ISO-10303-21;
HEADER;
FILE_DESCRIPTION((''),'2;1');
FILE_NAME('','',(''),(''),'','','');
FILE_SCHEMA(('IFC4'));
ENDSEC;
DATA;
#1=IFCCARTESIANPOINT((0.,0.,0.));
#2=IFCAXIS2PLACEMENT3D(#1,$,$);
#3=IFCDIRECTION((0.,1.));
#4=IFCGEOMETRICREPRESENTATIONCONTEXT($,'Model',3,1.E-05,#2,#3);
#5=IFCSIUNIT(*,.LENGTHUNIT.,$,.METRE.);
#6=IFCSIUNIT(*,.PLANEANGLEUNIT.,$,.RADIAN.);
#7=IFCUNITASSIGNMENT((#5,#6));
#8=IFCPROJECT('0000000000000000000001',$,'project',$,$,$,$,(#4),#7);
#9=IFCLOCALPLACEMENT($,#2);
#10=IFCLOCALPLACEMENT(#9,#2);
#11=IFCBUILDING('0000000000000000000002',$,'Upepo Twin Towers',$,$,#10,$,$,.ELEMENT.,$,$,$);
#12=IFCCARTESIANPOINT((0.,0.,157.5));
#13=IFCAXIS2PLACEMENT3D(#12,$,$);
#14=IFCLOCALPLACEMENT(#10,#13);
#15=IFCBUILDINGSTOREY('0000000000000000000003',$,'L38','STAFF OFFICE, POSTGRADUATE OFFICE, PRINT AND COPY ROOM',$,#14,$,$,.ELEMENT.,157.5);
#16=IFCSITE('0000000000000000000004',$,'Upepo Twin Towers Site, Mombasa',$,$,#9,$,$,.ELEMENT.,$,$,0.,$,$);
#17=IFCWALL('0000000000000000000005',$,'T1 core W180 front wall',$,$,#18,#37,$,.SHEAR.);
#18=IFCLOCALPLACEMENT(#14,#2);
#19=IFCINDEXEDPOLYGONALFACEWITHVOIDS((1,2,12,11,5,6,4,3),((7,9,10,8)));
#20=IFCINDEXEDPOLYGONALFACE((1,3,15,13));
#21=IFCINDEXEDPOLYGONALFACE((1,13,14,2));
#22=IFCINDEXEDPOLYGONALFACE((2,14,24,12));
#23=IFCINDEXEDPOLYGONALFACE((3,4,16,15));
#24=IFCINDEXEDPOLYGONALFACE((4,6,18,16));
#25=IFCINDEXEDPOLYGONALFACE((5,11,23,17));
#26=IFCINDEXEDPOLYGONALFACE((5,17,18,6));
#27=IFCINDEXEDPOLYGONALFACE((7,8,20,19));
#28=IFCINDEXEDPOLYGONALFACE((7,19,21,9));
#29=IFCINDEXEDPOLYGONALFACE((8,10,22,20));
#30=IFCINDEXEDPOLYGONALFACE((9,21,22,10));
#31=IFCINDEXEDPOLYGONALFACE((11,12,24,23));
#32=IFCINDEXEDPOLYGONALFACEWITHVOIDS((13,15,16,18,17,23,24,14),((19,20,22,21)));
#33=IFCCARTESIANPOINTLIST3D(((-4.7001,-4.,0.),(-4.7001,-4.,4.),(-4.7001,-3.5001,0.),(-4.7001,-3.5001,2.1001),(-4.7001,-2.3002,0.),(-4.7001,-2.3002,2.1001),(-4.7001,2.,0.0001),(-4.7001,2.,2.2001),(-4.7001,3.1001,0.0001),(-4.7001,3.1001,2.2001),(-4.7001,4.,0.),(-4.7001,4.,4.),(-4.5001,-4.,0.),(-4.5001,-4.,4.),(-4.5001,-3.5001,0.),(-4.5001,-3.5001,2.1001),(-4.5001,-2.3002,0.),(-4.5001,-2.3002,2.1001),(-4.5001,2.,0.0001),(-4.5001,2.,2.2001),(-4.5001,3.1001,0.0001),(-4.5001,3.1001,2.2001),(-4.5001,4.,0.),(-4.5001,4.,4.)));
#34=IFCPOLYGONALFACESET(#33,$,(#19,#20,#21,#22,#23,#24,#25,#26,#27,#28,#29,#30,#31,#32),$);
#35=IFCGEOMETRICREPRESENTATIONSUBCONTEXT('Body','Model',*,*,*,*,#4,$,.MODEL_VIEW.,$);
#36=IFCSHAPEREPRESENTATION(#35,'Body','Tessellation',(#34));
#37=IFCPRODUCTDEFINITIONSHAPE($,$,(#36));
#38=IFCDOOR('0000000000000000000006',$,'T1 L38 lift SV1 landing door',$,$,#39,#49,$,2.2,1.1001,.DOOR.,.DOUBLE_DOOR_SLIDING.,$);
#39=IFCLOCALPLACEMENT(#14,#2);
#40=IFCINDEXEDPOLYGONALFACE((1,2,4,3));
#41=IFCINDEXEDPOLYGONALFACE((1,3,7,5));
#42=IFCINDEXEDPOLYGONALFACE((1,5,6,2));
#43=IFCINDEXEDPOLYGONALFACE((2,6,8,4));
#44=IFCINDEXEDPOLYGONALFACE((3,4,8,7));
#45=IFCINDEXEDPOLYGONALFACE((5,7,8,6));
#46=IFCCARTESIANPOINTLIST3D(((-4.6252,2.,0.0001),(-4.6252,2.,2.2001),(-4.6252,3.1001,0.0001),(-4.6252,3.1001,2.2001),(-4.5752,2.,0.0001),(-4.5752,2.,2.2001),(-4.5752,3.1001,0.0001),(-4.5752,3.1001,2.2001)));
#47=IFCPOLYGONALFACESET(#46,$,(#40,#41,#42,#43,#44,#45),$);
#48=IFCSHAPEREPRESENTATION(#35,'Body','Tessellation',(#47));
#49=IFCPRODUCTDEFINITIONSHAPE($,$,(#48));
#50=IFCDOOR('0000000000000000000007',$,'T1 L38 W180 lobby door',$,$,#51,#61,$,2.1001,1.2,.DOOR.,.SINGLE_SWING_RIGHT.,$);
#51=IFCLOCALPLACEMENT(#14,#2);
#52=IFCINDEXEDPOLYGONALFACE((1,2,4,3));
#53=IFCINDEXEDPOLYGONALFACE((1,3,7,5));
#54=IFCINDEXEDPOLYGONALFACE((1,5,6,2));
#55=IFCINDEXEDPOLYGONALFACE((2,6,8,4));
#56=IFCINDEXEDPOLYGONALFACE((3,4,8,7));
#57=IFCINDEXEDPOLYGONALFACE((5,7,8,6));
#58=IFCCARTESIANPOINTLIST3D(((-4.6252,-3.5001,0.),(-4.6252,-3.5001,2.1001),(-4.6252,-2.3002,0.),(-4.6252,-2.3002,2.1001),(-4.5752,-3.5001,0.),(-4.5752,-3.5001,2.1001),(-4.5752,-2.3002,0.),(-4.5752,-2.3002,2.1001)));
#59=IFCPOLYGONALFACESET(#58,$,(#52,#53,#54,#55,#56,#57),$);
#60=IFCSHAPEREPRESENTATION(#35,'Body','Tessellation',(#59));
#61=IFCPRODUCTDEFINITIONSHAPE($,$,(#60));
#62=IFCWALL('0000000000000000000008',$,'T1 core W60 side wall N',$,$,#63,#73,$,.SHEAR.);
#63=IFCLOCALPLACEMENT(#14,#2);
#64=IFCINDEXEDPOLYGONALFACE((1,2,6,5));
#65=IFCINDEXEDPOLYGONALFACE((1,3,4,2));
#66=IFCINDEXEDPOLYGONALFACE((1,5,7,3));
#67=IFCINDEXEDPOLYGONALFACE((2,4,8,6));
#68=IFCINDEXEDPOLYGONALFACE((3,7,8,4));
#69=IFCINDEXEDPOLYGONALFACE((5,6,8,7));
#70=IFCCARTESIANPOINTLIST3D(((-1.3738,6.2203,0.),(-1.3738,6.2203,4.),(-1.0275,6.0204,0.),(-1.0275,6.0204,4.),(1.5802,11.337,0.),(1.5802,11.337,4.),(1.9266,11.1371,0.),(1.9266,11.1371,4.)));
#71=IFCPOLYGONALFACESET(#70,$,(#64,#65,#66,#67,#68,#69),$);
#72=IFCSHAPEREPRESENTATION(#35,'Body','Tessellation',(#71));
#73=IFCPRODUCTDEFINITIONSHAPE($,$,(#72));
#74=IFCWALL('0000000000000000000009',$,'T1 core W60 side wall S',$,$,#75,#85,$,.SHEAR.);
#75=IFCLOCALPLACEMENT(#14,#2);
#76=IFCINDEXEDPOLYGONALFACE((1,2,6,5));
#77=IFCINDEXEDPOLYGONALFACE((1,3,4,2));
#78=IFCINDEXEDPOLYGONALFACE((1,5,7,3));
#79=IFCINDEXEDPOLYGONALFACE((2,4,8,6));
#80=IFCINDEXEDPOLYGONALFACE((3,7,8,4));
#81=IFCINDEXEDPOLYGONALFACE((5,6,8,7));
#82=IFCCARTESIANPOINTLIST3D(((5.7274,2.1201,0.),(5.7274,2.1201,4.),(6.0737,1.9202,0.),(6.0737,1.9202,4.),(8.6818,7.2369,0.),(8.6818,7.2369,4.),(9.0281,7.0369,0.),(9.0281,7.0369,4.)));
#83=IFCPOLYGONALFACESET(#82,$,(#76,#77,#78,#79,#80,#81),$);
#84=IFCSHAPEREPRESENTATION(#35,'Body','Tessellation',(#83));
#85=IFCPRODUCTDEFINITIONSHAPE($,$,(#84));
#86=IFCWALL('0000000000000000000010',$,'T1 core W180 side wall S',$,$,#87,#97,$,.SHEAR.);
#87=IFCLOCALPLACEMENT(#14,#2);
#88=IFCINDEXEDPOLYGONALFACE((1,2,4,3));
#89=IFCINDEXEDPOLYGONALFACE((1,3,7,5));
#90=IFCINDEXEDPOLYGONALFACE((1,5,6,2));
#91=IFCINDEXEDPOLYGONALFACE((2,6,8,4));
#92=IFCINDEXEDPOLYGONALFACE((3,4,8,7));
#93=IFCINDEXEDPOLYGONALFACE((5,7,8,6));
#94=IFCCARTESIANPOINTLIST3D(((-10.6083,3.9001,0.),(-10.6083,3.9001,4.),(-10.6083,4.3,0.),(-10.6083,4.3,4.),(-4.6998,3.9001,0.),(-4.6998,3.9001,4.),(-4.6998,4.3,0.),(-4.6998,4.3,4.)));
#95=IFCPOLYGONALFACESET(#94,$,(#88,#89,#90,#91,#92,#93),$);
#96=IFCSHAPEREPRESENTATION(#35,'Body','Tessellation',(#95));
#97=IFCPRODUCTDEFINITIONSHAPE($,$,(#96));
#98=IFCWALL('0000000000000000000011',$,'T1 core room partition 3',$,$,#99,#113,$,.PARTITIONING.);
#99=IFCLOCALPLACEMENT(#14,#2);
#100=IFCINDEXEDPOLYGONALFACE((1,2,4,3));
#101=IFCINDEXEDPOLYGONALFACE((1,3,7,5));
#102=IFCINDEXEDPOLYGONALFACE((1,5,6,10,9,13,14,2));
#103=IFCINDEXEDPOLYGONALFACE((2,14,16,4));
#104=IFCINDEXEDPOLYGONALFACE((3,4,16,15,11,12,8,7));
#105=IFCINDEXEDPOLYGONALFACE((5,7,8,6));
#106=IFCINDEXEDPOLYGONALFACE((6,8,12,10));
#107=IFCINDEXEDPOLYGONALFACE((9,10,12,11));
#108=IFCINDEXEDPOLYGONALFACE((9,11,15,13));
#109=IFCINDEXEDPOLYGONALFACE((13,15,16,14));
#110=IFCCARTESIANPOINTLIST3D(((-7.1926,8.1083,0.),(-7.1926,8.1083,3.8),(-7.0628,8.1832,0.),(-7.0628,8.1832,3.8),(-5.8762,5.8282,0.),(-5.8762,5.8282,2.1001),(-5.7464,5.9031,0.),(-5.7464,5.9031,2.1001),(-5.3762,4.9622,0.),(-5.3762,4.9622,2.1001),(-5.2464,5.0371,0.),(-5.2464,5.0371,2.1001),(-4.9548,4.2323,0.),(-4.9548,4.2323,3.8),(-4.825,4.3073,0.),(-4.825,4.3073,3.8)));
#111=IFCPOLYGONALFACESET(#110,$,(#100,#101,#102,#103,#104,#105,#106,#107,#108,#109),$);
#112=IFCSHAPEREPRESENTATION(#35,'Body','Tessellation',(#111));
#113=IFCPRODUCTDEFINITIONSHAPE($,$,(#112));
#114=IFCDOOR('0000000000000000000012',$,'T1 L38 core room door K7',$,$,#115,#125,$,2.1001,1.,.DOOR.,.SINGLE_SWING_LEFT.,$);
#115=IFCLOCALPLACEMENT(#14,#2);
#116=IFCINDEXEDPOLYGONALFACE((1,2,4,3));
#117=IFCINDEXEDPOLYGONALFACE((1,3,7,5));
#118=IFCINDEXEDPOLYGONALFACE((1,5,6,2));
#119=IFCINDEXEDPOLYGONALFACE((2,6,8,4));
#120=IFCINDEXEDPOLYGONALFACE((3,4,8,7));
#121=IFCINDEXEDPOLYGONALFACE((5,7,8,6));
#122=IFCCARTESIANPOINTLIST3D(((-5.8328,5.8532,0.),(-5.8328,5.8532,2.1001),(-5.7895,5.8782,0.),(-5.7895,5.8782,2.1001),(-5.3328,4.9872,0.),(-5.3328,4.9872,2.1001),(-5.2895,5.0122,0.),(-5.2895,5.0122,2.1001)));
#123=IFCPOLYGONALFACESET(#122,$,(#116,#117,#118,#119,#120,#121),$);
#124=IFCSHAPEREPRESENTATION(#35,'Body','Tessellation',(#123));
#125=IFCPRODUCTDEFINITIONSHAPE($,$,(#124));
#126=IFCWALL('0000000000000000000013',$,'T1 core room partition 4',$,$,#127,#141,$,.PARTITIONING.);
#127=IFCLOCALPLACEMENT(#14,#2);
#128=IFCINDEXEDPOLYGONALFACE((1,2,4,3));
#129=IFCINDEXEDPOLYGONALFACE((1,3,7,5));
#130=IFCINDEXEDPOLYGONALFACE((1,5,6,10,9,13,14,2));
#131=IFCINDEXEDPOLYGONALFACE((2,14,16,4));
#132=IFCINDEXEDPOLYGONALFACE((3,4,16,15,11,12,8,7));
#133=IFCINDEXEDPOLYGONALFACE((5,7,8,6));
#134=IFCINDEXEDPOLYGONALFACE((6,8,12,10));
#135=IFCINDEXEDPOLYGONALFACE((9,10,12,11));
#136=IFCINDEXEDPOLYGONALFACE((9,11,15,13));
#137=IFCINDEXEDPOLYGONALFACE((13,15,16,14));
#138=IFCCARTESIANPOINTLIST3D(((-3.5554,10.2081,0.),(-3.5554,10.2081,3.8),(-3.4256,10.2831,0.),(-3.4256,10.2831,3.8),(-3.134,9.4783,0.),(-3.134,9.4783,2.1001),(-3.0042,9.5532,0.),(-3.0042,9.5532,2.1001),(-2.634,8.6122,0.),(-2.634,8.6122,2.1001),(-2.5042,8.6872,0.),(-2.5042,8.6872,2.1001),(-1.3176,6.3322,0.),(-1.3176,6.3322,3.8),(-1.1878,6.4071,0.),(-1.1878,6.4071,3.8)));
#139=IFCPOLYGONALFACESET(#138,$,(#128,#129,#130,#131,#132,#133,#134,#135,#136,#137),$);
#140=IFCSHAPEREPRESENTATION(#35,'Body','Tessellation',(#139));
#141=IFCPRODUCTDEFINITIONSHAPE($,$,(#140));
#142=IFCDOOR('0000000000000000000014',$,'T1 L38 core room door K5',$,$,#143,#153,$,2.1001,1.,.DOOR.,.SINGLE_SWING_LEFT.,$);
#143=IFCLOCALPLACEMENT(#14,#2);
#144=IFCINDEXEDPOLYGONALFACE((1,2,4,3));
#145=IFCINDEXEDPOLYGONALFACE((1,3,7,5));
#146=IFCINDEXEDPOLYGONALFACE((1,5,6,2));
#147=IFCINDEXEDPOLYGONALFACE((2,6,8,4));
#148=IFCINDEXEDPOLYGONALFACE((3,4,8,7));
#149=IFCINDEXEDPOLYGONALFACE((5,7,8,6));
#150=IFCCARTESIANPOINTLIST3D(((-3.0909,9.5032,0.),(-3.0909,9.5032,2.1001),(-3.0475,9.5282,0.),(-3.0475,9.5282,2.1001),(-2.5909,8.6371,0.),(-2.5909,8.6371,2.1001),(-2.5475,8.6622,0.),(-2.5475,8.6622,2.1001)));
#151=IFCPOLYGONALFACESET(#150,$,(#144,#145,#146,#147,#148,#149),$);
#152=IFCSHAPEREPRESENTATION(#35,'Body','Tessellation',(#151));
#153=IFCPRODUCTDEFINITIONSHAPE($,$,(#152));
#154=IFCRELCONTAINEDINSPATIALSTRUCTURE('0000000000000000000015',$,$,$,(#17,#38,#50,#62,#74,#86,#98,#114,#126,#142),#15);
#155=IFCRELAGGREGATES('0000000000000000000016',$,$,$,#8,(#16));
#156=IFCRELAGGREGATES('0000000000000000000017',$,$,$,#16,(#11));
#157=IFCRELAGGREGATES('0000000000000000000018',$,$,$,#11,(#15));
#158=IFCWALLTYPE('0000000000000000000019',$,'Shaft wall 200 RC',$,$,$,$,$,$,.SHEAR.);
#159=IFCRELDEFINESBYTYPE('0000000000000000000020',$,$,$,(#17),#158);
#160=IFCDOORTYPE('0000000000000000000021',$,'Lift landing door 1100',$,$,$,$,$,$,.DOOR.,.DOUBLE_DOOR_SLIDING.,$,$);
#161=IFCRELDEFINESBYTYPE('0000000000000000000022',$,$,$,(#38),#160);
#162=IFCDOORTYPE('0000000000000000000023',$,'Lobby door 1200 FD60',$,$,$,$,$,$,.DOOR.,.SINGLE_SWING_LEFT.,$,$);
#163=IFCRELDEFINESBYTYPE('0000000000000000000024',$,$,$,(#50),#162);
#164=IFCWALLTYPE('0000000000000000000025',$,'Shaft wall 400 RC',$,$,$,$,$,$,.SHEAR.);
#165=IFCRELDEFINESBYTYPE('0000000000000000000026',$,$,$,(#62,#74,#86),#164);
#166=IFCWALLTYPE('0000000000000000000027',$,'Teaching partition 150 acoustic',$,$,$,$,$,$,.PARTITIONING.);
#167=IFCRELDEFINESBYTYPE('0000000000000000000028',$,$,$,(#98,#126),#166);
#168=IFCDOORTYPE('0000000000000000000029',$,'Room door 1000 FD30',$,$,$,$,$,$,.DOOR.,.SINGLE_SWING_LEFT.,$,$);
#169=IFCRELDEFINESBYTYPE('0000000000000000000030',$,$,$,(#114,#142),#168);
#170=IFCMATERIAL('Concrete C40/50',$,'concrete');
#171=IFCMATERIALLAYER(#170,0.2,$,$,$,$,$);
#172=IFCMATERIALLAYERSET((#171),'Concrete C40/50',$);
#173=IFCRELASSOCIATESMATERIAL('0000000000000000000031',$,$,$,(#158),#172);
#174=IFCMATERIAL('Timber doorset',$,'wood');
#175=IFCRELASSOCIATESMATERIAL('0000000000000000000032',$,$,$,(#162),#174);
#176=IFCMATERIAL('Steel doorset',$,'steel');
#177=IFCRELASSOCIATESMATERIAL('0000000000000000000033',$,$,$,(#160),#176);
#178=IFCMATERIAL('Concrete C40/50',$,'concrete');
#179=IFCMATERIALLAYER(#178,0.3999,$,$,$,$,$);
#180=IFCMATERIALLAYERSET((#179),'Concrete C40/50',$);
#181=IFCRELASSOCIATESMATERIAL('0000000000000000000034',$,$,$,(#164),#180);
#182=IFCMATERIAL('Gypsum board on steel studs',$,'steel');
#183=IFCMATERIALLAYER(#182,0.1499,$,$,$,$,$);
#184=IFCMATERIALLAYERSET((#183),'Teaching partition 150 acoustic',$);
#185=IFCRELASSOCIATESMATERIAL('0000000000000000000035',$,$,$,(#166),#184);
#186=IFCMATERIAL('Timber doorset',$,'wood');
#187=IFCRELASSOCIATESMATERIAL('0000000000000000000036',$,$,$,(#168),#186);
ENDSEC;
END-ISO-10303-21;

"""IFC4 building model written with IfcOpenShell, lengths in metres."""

from ifc_helpers import new_model, si_unit, direction, frame, frame_2d, origin, place, context, subcontext, project, spatial, rectangle, extrude, material, layer, layer_set, type_object, element, fill, save


model = new_model("IFC4")

# Units and contexts
model_context = context("Model", 3, precision=1e-05, world=origin(), true_north=direction((0.0, 1.0)))
body_context = subcontext(model_context, "Body", "Model", "MODEL_VIEW")
ifc_project = project(units=[si_unit("LENGTHUNIT", "METRE"), si_unit("PLANEANGLEUNIT", "RADIAN")], contexts=[model_context])

# Site, building, storey
site_placement = place(None, origin())
site = spatial("IfcSite", under=ifc_project, at=site_placement, Name="Upepo Twin Towers Site, Mombasa", CompositionType="ELEMENT", RefElevation=0.0)
building_placement = place(site_placement, origin())
building = spatial("IfcBuilding", under=site, at=building_placement, Name="Upepo Twin Towers", CompositionType="ELEMENT")
storey_placement = place(building_placement, frame((0.0, 0.0, 157.5)))
storey = spatial("IfcBuildingStorey", under=building, at=storey_placement, Name="L38", Description="STAFF OFFICE, POSTGRADUATE OFFICE, PRINT AND COPY ROOM", CompositionType="ELEMENT", Elevation=157.5)

# Shared definitions
ifc_material_1 = material(Name="Concrete C40/50", Category="concrete")
ifc_layer_1 = layer(ifc_material_1, 0.2)
ifc_layer_set_1 = layer_set([ifc_layer_1], Name="Concrete C40/50")
wall_type_1 = type_object("IfcWallType", Name="Shaft wall 200 RC", PredefinedType="SHEAR", material=ifc_layer_set_1)
ifc_material_2 = material(Name="Timber doorset", Category="wood")
door_type_1 = type_object("IfcDoorType", Name="Lobby door 1200 FD60", OperationType="SINGLE_SWING_LEFT", PredefinedType="DOOR", material=ifc_material_2)

# Wall, openings, doors
wall_1_placement = place(storey_placement, frame((-4.6001, 4.0, 0.0), z_axis=(0.0, 0.0, 1.0), x_axis=(0.0, -1.0, 0.0)))
wall_1 = element("IfcWall", 1, at=wall_1_placement, inside=storey, type_object=wall_type_1, Name="T1 core W180 front wall", PredefinedType="SHEAR", context=body_context, shape_type="SweptSolid", body=[
    extrude(rectangle(XDim=8.0, YDim=0.2, at=frame_2d((4.0, 0.0))), origin(), (0.0, 0.0, 1.0), 4.0),
])
opening_1_placement = place(wall_1_placement, frame((6.3, 0.0, 0.0)))
opening_1 = element("IfcOpeningElement", 2, at=opening_1_placement, cuts=wall_1, PredefinedType="OPENING", context=body_context, shape_type="SweptSolid", body=[
    extrude(rectangle(XDim=1.2, YDim=2.1001, at=frame_2d((0.6001, 1.05))), frame((0.0, 0.1099, 0.0), z_axis=(0.0, -1.0, 0.0), x_axis=(1.0, 0.0, 0.0)), (0.0, 0.0, 1.0), 0.22),
])
opening_2_placement = place(wall_1_placement, frame((0.8999, 0.0, 0.0)))
opening_2 = element("IfcOpeningElement", 3, at=opening_2_placement, cuts=wall_1, PredefinedType="OPENING", context=body_context, shape_type="SweptSolid", body=[
    extrude(rectangle(XDim=1.1001, YDim=2.2, at=frame_2d((0.55, 1.1001))), frame((0.0, 0.1099, 0.0), z_axis=(0.0, -1.0, 0.0), x_axis=(1.0, 0.0, 0.0)), (0.0, 0.0, 1.0), 0.22),
])
ifc_material_3 = material(Name="Steel doorset", Category="steel")
door_type_2 = type_object("IfcDoorType", Name="Lift landing door 1100", OperationType="DOUBLE_DOOR_SLIDING", PredefinedType="DOOR", material=ifc_material_3)
door_1_placement = place(opening_2_placement, origin())
door_1 = element("IfcDoor", 4, at=door_1_placement, inside=storey, type_object=door_type_2, Name="T1 L38 lift SV1 landing door", OperationType="DOUBLE_DOOR_SLIDING", OverallHeight=2.2, OverallWidth=1.1001, PredefinedType="DOOR", context=body_context, shape_type="SweptSolid", body=[
    extrude(rectangle(XDim=1.1001, YDim=2.2, at=frame_2d((0.55, 1.1001))), frame((0.0, 0.0249, 0.0), z_axis=(0.0, -1.0, 0.0), x_axis=(1.0, 0.0, 0.0)), (0.0, 0.0, 1.0), 0.05),
])
fill(opening_2, door_1)
door_2_placement = place(opening_1_placement, origin())
door_2 = element("IfcDoor", 5, at=door_2_placement, inside=storey, type_object=door_type_1, Name="T1 L38 W180 lobby door", OperationType="SINGLE_SWING_RIGHT", OverallHeight=2.1001, OverallWidth=1.2, PredefinedType="DOOR", context=body_context, shape_type="SweptSolid", body=[
    extrude(rectangle(XDim=1.2, YDim=2.1001, at=frame_2d((0.6001, 1.05))), frame((0.0, 0.0249, 0.0), z_axis=(0.0, -1.0, 0.0), x_axis=(1.0, 0.0, 0.0)), (0.0, 0.0, 1.0), 0.05),
])
fill(opening_1, door_2)

# Walls
ifc_material_4 = material(Name="Concrete C40/50", Category="concrete")
ifc_layer_2 = layer(ifc_material_4, 0.3999)
ifc_layer_set_2 = layer_set([ifc_layer_2], Name="Concrete C40/50")
wall_type_2 = type_object("IfcWallType", Name="Shaft wall 400 RC", PredefinedType="SHEAR", material=ifc_layer_set_2)
wall_2_placement = place(storey_placement, frame((-1.2007, 6.1204, 0.0), z_axis=(0.0, 0.0, 1.0), x_axis=(0.499997, 0.866027, 0.0)))
element("IfcWall", 6, at=wall_2_placement, inside=storey, type_object=wall_type_2, Name="T1 core W60 side wall N", PredefinedType="SHEAR", context=body_context, shape_type="SweptSolid", body=[
    extrude(rectangle(XDim=5.9082, YDim=0.3999, at=frame_2d((2.9541, 0.0))), origin(), (0.0, 0.0, 1.0), 4.0),
])
for number, where, z_axis, x_axis, name in (
    (7, (5.9006, 2.0203, 0.0), (0.0, 0.0, 1.0), (0.500028, 0.866009, 0.0), "T1 core W60 side wall S"),
    (8, (-4.7, 4.1001, 0.0), (0.0, 0.0, 1.0), (-1.0, 0.0, 0.0), "T1 core W180 side wall S"),
):
    element("IfcWall", number, at=place(storey_placement, frame(where, z_axis=z_axis, x_axis=x_axis)), inside=storey, type_object=wall_type_2, Name=name, PredefinedType="SHEAR", context=body_context, shape_type="SweptSolid", body=[
        extrude(rectangle(XDim=5.9084, YDim=0.3999, at=frame_2d((2.9541, 0.0))), origin(), (0.0, 0.0, 1.0), 4.0),
    ])

# Walls, openings, doors
ifc_material_5 = material(Name="Gypsum board on steel studs", Category="steel")
ifc_layer_3 = layer(ifc_material_5, 0.1499)
ifc_layer_set_3 = layer_set([ifc_layer_3], Name="Teaching partition 150 acoustic")
wall_type_3 = type_object("IfcWallType", Name="Teaching partition 150 acoustic", PredefinedType="PARTITIONING", material=ifc_layer_set_3)
wall_3_placement = place(storey_placement, frame((-4.8899, 4.2698, 0.0), z_axis=(0.0, 0.0, 1.0), x_axis=(-0.499999, 0.866026, 0.0)))
wall_3 = element("IfcWall", 9, at=wall_3_placement, inside=storey, type_object=wall_type_3, Name="T1 core room partition 3", PredefinedType="PARTITIONING", context=body_context, shape_type="SweptSolid", body=[
    extrude(rectangle(XDim=4.4756, YDim=0.1499, at=frame_2d((2.2378, 0.0))), origin(), (0.0, 0.0, 1.0), 3.8),
])
opening_3_placement = place(wall_3_placement, frame((0.8428, 0.0, 0.0)))
opening_3 = element("IfcOpeningElement", 10, at=opening_3_placement, cuts=wall_3, PredefinedType="OPENING", context=body_context, shape_type="SweptSolid", body=[
    extrude(rectangle(XDim=1.0, YDim=2.1001, at=frame_2d((0.5, 1.05))), frame((0.0, 0.085, 0.0), z_axis=(0.0, -1.0, 0.0), x_axis=(1.0, 0.0, 0.0)), (0.0, 0.0, 1.0), 0.1699),
])
ifc_material_6 = material(Name="Timber doorset", Category="wood")
door_type_3 = type_object("IfcDoorType", Name="Room door 1000 FD30", OperationType="SINGLE_SWING_LEFT", PredefinedType="DOOR", material=ifc_material_6)
door_3_placement = place(opening_3_placement, origin())
door_3 = element("IfcDoor", 11, at=door_3_placement, inside=storey, type_object=door_type_3, Name="T1 L38 core room door K7", OperationType="SINGLE_SWING_LEFT", OverallHeight=2.1001, OverallWidth=1.0, PredefinedType="DOOR", context=body_context, shape_type="SweptSolid", body=[
    extrude(rectangle(XDim=1.0, YDim=2.1001, at=frame_2d((0.5, 1.05))), frame((0.0, 0.0249, 0.0), z_axis=(0.0, -1.0, 0.0), x_axis=(1.0, 0.0, 0.0)), (0.0, 0.0, 1.0), 0.05),
])
fill(opening_3, door_3)
wall_4_placement = place(storey_placement, frame((-3.4905, 10.2456, 0.0), z_axis=(0.0, 0.0, 1.0), x_axis=(0.499999, -0.866026, 0.0)))
wall_4 = element("IfcWall", 12, at=wall_4_placement, inside=storey, type_object=wall_type_3, Name="T1 core room partition 4", PredefinedType="PARTITIONING", context=body_context, shape_type="SweptSolid", body=[
    extrude(rectangle(XDim=4.4756, YDim=0.1499, at=frame_2d((2.2378, 0.0))), origin(), (0.0, 0.0, 1.0), 3.8),
])
opening_4_placement = place(wall_4_placement, frame((0.8428, 0.0, 0.0)))
opening_4 = element("IfcOpeningElement", 13, at=opening_4_placement, cuts=wall_4, PredefinedType="OPENING", context=body_context, shape_type="SweptSolid", body=[
    extrude(rectangle(XDim=1.0, YDim=2.1001, at=frame_2d((0.5, 1.05))), frame((0.0, 0.085, 0.0), z_axis=(0.0, -1.0, 0.0), x_axis=(1.0, 0.0, 0.0)), (0.0, 0.0, 1.0), 0.1699),
])
door_4_placement = place(opening_4_placement, origin())
door_4 = element("IfcDoor", 14, at=door_4_placement, inside=storey, type_object=door_type_3, Name="T1 L38 core room door K5", OperationType="SINGLE_SWING_LEFT", OverallHeight=2.1001, OverallWidth=1.0, PredefinedType="DOOR", context=body_context, shape_type="SweptSolid", body=[
    extrude(rectangle(XDim=1.0, YDim=2.1001, at=frame_2d((0.5, 1.05))), frame((0.0, 0.0249, 0.0), z_axis=(0.0, -1.0, 0.0), x_axis=(1.0, 0.0, 0.0)), (0.0, 0.0, 1.0), 0.05),
])
fill(opening_4, door_4)

save(model, "model.ifc")
